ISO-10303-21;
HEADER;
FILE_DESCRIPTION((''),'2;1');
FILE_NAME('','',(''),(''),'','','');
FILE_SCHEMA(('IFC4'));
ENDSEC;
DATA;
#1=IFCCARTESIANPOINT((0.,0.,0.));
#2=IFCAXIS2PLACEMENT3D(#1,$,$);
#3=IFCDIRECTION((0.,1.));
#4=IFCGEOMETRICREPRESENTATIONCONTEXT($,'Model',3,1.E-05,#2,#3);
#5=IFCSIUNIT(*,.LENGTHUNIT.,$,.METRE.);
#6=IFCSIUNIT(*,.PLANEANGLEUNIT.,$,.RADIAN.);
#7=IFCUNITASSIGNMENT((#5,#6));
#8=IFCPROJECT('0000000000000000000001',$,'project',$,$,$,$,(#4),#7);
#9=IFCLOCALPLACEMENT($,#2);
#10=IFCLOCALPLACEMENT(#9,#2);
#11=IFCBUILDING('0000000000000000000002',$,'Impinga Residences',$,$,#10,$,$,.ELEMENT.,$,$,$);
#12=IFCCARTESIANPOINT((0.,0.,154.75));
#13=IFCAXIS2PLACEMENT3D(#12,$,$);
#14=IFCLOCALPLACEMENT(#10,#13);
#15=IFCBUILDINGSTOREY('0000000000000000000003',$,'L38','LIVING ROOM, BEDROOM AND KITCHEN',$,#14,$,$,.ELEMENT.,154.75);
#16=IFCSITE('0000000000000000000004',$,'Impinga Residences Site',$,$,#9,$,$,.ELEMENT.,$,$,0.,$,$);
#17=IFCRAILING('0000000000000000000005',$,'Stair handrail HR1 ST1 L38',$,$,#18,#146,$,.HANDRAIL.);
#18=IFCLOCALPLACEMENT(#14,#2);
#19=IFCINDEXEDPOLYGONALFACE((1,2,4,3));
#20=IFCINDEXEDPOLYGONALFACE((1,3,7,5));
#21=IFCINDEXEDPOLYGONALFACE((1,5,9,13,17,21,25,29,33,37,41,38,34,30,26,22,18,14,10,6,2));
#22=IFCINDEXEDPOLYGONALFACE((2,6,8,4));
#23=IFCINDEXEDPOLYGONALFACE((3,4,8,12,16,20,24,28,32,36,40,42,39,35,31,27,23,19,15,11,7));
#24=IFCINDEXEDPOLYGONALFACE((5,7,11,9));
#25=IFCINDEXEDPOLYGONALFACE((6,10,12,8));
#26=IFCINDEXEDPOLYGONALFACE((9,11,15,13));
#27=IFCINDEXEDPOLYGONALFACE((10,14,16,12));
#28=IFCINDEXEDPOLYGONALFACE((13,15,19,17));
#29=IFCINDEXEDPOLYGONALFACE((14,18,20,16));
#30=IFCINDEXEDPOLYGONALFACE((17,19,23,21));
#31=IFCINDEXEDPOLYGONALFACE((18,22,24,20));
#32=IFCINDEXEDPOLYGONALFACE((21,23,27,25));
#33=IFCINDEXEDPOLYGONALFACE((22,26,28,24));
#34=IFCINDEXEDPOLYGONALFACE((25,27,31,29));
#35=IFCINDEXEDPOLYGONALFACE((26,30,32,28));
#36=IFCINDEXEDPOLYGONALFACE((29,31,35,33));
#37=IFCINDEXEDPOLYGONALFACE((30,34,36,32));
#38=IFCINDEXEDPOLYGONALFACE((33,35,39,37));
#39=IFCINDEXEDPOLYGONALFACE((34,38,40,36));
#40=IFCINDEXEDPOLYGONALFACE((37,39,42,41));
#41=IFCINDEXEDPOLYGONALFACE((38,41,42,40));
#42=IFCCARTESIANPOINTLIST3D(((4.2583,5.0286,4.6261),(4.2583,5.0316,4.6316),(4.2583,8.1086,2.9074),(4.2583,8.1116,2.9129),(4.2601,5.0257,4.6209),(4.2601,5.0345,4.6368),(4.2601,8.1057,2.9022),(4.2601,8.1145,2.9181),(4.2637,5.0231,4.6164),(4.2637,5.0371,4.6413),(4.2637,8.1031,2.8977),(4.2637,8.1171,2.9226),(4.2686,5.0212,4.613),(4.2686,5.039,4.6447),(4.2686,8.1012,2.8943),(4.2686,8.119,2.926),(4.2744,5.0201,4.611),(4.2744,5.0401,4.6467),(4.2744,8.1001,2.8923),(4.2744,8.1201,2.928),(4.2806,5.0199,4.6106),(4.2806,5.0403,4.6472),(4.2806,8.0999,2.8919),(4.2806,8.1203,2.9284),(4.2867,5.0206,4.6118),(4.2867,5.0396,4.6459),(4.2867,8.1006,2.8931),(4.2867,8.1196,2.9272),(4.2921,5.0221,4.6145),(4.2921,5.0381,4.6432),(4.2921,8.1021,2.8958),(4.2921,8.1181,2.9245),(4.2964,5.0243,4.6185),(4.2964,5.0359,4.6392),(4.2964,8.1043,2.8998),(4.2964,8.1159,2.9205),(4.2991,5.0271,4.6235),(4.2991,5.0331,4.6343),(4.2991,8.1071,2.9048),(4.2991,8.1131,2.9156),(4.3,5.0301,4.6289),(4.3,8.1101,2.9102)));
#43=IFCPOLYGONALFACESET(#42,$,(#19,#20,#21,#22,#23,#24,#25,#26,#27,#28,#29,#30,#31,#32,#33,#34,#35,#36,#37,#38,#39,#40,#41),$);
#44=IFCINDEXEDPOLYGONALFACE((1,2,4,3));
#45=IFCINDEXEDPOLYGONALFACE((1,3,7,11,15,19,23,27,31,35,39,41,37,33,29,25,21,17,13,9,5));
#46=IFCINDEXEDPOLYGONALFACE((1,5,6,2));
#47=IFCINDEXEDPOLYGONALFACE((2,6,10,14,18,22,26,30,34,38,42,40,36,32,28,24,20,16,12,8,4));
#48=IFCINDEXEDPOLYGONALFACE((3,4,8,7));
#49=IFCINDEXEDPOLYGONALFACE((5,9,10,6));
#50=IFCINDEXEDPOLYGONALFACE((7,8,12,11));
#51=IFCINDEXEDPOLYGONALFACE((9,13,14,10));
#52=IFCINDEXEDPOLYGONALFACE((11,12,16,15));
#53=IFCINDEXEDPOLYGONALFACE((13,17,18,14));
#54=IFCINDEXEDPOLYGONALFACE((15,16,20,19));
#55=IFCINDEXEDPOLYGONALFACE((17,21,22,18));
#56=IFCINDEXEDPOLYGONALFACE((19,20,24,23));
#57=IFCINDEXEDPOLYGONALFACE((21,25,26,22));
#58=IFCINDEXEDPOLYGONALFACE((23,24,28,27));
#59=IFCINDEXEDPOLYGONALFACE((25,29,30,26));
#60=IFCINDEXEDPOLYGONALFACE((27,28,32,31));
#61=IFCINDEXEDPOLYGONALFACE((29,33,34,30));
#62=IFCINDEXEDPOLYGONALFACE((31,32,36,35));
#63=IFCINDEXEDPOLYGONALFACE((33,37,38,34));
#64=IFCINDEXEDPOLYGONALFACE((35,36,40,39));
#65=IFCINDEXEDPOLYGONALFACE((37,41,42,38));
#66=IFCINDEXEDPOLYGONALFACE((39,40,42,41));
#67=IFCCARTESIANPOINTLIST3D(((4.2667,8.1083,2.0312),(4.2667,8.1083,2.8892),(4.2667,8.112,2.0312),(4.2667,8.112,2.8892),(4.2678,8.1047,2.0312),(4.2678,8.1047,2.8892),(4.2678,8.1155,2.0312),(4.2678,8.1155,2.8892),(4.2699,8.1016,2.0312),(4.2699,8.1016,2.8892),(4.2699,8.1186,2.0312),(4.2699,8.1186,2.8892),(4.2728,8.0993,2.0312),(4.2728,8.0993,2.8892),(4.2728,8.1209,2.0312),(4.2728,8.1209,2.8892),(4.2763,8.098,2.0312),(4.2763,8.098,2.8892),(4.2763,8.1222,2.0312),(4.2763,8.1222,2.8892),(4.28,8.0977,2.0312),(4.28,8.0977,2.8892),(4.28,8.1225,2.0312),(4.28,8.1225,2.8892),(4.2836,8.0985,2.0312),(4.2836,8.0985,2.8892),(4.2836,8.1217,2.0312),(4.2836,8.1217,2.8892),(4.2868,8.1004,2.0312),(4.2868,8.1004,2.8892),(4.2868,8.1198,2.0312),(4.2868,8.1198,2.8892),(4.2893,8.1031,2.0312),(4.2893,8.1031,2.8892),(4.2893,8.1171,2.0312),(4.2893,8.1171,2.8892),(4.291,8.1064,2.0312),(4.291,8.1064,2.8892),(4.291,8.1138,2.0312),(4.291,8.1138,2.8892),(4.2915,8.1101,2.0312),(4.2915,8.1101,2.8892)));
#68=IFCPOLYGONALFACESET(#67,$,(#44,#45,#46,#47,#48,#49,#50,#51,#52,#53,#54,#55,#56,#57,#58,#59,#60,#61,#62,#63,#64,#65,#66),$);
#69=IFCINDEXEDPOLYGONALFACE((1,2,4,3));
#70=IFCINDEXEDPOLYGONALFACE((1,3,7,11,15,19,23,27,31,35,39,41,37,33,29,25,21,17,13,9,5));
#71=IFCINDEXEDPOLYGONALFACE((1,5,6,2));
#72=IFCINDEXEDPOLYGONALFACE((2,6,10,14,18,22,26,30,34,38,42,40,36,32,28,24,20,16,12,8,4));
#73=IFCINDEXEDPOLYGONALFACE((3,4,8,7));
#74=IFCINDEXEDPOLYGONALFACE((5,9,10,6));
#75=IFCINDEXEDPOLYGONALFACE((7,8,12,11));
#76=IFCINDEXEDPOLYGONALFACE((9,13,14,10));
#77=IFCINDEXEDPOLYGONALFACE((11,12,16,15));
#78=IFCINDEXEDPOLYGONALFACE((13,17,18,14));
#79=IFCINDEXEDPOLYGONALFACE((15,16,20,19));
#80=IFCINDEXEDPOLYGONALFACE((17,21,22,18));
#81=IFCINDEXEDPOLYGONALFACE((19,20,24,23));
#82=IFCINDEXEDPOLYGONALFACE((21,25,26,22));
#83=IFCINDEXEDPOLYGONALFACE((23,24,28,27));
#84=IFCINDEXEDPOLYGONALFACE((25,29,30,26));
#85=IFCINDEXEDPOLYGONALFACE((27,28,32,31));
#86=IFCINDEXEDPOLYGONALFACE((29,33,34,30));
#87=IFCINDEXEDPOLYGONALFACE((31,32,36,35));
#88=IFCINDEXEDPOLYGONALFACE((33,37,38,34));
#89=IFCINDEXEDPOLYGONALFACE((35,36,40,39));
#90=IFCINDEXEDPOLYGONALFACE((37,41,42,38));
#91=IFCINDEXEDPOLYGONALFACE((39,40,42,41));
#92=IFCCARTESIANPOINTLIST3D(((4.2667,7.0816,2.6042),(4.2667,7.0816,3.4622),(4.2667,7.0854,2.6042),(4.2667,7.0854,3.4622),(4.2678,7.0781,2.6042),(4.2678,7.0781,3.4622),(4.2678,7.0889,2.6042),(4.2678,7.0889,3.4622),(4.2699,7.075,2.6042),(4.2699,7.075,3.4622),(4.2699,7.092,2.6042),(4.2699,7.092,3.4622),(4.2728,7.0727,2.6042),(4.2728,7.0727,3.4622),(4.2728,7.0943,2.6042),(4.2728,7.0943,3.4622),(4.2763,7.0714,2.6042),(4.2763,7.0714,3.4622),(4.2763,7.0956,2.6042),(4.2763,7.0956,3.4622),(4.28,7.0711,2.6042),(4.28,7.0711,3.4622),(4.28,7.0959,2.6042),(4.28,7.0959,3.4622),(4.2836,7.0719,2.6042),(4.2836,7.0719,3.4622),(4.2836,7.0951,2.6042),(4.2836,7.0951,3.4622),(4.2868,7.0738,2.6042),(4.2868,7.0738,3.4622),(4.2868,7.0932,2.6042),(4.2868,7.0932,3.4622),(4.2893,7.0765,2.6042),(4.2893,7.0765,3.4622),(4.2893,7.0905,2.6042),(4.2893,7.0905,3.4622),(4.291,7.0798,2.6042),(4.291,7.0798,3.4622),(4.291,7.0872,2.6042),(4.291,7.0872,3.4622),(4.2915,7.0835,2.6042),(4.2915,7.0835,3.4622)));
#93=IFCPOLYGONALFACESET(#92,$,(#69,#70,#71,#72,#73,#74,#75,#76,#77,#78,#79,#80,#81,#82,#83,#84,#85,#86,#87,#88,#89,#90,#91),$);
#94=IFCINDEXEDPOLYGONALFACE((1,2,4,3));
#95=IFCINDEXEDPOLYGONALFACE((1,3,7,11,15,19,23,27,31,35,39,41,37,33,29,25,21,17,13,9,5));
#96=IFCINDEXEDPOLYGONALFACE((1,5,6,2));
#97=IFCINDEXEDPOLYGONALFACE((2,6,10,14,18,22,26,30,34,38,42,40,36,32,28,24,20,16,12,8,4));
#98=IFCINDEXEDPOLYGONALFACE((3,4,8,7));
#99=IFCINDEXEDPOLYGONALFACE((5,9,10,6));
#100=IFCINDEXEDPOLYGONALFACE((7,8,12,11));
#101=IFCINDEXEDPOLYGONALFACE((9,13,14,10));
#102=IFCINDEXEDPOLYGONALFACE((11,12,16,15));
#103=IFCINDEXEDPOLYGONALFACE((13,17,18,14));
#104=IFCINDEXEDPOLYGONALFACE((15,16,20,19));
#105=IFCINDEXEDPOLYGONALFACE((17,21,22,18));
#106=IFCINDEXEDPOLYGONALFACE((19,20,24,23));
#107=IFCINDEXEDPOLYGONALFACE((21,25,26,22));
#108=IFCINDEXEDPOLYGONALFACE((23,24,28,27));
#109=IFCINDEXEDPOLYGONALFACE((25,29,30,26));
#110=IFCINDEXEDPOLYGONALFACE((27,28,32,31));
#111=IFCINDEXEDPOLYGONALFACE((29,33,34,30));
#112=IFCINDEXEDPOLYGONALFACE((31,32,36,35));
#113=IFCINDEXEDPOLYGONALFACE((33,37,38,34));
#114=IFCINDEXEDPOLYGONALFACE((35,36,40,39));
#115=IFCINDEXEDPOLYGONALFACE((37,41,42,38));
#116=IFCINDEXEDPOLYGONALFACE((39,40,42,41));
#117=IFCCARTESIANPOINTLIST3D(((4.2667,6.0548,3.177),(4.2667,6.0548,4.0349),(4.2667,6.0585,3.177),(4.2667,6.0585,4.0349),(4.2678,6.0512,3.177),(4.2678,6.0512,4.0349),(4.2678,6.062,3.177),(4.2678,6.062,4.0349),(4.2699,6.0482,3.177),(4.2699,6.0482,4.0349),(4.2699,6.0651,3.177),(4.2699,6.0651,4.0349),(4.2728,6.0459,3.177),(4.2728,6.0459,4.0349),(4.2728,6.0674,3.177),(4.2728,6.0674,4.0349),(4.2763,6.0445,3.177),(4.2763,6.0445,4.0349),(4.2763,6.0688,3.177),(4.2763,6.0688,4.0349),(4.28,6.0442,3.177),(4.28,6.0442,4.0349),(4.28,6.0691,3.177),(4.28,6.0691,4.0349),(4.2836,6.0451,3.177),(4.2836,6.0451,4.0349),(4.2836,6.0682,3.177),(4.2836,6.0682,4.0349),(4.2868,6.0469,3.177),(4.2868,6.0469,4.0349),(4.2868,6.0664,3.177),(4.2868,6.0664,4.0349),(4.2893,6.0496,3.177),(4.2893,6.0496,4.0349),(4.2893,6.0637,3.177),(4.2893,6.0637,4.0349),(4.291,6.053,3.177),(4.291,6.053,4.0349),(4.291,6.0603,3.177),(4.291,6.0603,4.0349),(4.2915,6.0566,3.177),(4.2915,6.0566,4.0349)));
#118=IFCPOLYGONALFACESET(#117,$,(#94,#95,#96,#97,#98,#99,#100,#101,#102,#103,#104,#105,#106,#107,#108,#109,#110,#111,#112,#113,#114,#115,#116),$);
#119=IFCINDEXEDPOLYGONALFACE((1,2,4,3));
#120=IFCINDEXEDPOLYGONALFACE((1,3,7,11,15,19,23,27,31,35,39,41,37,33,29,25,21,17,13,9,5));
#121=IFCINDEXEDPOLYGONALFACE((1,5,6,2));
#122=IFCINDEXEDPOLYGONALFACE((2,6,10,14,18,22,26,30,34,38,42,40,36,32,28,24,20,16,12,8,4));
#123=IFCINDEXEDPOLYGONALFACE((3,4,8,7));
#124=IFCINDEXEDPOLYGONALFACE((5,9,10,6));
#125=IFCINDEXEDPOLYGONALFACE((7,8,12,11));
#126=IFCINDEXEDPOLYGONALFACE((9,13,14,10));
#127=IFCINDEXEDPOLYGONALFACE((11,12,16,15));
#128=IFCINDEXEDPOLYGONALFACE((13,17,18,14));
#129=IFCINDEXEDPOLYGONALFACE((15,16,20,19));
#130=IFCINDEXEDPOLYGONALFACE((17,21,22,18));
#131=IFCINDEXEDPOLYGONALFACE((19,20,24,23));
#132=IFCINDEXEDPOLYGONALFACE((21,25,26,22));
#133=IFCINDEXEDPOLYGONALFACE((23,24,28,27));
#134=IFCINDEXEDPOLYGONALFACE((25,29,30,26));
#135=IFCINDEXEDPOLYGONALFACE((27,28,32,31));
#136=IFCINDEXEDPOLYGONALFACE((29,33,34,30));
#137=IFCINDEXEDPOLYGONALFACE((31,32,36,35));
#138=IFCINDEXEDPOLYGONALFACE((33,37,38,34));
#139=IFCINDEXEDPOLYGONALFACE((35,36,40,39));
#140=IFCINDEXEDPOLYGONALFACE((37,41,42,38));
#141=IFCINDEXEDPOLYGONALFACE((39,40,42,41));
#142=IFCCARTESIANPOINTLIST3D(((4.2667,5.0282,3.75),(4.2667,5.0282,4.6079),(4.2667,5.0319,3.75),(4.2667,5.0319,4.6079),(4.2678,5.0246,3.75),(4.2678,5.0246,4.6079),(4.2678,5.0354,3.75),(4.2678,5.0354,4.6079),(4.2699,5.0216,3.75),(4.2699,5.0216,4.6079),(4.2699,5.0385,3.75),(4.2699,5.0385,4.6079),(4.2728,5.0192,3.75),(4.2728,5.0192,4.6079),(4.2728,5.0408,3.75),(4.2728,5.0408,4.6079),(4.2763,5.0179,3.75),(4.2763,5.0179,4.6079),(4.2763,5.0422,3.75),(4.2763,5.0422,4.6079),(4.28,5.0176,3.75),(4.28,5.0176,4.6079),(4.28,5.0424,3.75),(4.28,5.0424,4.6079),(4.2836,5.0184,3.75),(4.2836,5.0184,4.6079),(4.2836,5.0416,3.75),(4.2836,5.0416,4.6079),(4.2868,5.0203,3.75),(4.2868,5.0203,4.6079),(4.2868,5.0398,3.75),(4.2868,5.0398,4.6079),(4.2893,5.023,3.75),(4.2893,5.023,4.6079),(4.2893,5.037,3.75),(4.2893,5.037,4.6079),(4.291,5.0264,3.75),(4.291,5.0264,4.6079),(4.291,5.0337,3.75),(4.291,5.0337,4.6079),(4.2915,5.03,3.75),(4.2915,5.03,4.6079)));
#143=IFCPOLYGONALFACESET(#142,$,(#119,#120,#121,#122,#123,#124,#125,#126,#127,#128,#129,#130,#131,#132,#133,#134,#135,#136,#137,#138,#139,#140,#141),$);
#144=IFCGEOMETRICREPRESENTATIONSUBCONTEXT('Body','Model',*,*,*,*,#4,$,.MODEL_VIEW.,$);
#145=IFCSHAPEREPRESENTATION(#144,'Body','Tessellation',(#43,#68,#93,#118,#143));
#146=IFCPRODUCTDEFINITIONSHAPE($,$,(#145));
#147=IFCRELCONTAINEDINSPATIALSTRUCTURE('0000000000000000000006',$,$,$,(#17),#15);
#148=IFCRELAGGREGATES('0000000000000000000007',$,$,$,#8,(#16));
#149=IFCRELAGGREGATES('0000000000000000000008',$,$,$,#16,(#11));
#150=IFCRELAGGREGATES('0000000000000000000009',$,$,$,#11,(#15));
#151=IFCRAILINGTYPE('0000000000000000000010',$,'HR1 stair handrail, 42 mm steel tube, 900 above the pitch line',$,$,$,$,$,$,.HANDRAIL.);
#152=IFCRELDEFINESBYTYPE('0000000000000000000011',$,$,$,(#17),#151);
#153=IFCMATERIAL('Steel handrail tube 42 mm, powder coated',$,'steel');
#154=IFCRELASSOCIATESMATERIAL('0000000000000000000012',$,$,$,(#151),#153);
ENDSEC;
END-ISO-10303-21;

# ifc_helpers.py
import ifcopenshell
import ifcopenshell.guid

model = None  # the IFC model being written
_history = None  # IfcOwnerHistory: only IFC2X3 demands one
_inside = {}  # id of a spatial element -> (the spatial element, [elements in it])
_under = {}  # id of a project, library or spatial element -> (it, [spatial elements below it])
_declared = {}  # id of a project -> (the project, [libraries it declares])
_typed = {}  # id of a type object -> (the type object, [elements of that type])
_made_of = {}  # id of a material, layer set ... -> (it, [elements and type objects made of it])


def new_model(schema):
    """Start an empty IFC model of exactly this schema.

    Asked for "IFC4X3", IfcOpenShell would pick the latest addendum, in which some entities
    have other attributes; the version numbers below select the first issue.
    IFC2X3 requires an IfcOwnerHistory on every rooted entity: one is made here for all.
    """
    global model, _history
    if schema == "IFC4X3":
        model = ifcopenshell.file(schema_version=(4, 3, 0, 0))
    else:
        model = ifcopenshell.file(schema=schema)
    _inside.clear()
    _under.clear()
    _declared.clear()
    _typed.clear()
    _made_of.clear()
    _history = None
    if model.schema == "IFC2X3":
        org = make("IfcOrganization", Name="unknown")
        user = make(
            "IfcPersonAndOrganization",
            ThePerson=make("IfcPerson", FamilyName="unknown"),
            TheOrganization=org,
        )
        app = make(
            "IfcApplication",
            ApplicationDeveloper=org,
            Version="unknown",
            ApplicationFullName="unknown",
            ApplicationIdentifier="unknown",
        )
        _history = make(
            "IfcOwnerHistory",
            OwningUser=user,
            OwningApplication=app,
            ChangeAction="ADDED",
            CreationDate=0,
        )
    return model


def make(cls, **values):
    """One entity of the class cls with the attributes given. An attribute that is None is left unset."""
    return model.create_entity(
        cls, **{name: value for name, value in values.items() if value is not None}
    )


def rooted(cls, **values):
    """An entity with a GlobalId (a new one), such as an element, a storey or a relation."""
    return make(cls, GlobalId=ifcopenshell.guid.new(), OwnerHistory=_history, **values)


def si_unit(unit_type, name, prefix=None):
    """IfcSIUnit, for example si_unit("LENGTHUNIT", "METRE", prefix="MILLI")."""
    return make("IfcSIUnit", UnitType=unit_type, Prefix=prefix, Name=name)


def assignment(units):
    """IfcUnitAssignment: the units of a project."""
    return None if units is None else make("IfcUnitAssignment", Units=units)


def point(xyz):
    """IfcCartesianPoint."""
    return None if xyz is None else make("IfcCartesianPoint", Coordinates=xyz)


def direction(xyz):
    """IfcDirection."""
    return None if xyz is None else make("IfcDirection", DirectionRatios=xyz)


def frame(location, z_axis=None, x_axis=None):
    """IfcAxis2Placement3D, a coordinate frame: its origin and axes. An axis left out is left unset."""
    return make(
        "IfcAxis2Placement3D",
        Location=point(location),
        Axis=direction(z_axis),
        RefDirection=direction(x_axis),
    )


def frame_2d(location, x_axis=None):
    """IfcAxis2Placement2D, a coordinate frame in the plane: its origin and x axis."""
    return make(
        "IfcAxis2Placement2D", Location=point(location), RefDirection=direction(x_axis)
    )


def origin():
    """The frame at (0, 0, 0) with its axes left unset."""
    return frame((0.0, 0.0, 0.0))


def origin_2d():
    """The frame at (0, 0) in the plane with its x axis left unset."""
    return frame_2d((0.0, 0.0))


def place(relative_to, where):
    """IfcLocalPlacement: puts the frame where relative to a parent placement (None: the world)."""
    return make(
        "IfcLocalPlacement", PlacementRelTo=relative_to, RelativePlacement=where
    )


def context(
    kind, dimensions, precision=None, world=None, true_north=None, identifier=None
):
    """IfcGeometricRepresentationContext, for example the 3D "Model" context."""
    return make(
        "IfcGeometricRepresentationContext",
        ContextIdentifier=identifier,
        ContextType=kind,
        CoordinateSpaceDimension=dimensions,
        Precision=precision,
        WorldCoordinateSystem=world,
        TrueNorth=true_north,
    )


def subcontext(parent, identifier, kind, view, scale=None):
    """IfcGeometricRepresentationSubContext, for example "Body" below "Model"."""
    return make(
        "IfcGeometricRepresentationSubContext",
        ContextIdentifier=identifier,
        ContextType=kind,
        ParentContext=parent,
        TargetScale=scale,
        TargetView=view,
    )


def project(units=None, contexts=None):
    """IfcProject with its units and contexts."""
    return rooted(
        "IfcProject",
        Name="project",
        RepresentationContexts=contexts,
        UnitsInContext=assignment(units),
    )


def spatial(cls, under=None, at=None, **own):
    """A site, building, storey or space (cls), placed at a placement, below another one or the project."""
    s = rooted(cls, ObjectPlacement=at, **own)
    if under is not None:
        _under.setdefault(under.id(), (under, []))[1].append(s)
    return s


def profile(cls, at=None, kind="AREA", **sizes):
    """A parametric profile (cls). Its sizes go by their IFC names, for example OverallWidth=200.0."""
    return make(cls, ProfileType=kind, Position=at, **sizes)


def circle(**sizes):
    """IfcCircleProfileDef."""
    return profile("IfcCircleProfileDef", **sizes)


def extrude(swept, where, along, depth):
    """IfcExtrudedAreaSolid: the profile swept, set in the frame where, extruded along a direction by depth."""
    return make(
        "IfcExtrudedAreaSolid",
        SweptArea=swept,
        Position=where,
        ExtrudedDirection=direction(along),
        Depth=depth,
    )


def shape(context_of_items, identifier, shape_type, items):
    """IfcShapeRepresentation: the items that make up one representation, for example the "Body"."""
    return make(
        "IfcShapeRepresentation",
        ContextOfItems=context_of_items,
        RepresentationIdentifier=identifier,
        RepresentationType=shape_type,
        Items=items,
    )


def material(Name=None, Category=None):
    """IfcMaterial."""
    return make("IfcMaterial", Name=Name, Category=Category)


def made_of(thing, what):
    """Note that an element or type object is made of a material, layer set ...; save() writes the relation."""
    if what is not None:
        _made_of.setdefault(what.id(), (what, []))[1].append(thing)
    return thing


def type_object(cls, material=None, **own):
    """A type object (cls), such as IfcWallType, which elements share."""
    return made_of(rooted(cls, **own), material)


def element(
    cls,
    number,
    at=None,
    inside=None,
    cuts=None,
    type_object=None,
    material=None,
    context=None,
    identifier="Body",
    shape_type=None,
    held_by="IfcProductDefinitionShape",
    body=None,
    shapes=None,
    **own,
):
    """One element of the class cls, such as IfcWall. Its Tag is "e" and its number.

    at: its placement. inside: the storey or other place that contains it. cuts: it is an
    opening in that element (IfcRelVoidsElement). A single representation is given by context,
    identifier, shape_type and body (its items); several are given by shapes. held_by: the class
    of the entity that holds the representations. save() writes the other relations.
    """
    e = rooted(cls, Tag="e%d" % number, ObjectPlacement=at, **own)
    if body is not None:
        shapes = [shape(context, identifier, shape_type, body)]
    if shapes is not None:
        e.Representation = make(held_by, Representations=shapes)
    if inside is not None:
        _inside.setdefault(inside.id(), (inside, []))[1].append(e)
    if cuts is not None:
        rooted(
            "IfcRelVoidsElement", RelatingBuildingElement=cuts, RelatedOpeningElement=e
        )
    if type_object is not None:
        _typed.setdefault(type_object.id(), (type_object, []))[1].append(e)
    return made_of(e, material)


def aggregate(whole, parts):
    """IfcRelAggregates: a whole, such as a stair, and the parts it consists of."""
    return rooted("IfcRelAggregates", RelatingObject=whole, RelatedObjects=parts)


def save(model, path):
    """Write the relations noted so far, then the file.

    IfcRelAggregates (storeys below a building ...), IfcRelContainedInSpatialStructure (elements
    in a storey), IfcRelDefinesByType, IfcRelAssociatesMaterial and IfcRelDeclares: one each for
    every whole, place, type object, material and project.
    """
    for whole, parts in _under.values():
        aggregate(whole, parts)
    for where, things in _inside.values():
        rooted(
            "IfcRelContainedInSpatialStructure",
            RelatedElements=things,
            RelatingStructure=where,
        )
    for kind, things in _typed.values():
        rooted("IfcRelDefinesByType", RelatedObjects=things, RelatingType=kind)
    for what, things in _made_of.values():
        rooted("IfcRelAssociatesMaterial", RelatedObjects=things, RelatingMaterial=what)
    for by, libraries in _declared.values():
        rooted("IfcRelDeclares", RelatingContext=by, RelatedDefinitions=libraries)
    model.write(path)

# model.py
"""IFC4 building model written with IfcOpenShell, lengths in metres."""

from ifc_helpers import new_model, si_unit, direction, frame, origin, origin_2d, place, context, subcontext, project, spatial, circle, extrude, material, type_object, element, save


model = new_model("IFC4")

# Units and contexts
model_context = context("Model", 3, precision=1e-05, world=origin(), true_north=direction((0.0, 1.0)))
body_context = subcontext(model_context, "Body", "Model", "MODEL_VIEW")
ifc_project = project(units=[si_unit("LENGTHUNIT", "METRE"), si_unit("PLANEANGLEUNIT", "RADIAN")], contexts=[model_context])

# Site, building, storey
site_placement = place(None, origin())
site = spatial("IfcSite", under=ifc_project, at=site_placement, Name="Impinga Residences Site", CompositionType="ELEMENT", RefElevation=0.0)
building_placement = place(site_placement, origin())
building = spatial("IfcBuilding", under=site, at=building_placement, Name="Impinga Residences", CompositionType="ELEMENT")
storey_placement = place(building_placement, frame((0.0, 0.0, 154.75)))
storey = spatial("IfcBuildingStorey", under=building, at=storey_placement, Name="L38", Description="LIVING ROOM, BEDROOM AND KITCHEN", CompositionType="ELEMENT", Elevation=154.75)

# Railing
ifc_material_1 = material(Name="Steel handrail tube 42 mm, powder coated", Category="steel")
railing_type_1 = type_object("IfcRailingType", Name="HR1 stair handrail, 42 mm steel tube, 900 above the pitch line", PredefinedType="HANDRAIL", material=ifc_material_1)
railing_1_placement = place(storey_placement, frame((4.2791, 8.1101, 2.0312)))
element("IfcRailing", 1, at=railing_1_placement, inside=storey, type_object=railing_type_1, Name="Stair handrail HR1 ST1 L38", PredefinedType="HANDRAIL", context=body_context, shape_type="SweptSolid", body=[
    extrude(circle(Radius=0.021, at=origin_2d()), frame((0.0, 0.0, 0.8789), z_axis=(0.0, -0.873242, 0.487288), x_axis=(1.0, 0.0, 0.0)), (0.0, 0.0, 1.0), 3.5271),
    extrude(circle(Radius=0.0125, at=origin_2d()), origin(), (0.0, 0.0, 1.0), 0.8579),
    extrude(circle(Radius=0.0125, at=origin_2d()), frame((0.0, -1.0266, 0.573)), (0.0, 0.0, 1.0), 0.8579),
    extrude(circle(Radius=0.0125, at=origin_2d()), frame((0.0, -2.0535, 1.1458)), (0.0, 0.0, 1.0), 0.8579),
    extrude(circle(Radius=0.0125, at=origin_2d()), frame((0.0, -3.0801, 1.7188)), (0.0, 0.0, 1.0), 0.8579),
])

save(model, "model.ifc")
